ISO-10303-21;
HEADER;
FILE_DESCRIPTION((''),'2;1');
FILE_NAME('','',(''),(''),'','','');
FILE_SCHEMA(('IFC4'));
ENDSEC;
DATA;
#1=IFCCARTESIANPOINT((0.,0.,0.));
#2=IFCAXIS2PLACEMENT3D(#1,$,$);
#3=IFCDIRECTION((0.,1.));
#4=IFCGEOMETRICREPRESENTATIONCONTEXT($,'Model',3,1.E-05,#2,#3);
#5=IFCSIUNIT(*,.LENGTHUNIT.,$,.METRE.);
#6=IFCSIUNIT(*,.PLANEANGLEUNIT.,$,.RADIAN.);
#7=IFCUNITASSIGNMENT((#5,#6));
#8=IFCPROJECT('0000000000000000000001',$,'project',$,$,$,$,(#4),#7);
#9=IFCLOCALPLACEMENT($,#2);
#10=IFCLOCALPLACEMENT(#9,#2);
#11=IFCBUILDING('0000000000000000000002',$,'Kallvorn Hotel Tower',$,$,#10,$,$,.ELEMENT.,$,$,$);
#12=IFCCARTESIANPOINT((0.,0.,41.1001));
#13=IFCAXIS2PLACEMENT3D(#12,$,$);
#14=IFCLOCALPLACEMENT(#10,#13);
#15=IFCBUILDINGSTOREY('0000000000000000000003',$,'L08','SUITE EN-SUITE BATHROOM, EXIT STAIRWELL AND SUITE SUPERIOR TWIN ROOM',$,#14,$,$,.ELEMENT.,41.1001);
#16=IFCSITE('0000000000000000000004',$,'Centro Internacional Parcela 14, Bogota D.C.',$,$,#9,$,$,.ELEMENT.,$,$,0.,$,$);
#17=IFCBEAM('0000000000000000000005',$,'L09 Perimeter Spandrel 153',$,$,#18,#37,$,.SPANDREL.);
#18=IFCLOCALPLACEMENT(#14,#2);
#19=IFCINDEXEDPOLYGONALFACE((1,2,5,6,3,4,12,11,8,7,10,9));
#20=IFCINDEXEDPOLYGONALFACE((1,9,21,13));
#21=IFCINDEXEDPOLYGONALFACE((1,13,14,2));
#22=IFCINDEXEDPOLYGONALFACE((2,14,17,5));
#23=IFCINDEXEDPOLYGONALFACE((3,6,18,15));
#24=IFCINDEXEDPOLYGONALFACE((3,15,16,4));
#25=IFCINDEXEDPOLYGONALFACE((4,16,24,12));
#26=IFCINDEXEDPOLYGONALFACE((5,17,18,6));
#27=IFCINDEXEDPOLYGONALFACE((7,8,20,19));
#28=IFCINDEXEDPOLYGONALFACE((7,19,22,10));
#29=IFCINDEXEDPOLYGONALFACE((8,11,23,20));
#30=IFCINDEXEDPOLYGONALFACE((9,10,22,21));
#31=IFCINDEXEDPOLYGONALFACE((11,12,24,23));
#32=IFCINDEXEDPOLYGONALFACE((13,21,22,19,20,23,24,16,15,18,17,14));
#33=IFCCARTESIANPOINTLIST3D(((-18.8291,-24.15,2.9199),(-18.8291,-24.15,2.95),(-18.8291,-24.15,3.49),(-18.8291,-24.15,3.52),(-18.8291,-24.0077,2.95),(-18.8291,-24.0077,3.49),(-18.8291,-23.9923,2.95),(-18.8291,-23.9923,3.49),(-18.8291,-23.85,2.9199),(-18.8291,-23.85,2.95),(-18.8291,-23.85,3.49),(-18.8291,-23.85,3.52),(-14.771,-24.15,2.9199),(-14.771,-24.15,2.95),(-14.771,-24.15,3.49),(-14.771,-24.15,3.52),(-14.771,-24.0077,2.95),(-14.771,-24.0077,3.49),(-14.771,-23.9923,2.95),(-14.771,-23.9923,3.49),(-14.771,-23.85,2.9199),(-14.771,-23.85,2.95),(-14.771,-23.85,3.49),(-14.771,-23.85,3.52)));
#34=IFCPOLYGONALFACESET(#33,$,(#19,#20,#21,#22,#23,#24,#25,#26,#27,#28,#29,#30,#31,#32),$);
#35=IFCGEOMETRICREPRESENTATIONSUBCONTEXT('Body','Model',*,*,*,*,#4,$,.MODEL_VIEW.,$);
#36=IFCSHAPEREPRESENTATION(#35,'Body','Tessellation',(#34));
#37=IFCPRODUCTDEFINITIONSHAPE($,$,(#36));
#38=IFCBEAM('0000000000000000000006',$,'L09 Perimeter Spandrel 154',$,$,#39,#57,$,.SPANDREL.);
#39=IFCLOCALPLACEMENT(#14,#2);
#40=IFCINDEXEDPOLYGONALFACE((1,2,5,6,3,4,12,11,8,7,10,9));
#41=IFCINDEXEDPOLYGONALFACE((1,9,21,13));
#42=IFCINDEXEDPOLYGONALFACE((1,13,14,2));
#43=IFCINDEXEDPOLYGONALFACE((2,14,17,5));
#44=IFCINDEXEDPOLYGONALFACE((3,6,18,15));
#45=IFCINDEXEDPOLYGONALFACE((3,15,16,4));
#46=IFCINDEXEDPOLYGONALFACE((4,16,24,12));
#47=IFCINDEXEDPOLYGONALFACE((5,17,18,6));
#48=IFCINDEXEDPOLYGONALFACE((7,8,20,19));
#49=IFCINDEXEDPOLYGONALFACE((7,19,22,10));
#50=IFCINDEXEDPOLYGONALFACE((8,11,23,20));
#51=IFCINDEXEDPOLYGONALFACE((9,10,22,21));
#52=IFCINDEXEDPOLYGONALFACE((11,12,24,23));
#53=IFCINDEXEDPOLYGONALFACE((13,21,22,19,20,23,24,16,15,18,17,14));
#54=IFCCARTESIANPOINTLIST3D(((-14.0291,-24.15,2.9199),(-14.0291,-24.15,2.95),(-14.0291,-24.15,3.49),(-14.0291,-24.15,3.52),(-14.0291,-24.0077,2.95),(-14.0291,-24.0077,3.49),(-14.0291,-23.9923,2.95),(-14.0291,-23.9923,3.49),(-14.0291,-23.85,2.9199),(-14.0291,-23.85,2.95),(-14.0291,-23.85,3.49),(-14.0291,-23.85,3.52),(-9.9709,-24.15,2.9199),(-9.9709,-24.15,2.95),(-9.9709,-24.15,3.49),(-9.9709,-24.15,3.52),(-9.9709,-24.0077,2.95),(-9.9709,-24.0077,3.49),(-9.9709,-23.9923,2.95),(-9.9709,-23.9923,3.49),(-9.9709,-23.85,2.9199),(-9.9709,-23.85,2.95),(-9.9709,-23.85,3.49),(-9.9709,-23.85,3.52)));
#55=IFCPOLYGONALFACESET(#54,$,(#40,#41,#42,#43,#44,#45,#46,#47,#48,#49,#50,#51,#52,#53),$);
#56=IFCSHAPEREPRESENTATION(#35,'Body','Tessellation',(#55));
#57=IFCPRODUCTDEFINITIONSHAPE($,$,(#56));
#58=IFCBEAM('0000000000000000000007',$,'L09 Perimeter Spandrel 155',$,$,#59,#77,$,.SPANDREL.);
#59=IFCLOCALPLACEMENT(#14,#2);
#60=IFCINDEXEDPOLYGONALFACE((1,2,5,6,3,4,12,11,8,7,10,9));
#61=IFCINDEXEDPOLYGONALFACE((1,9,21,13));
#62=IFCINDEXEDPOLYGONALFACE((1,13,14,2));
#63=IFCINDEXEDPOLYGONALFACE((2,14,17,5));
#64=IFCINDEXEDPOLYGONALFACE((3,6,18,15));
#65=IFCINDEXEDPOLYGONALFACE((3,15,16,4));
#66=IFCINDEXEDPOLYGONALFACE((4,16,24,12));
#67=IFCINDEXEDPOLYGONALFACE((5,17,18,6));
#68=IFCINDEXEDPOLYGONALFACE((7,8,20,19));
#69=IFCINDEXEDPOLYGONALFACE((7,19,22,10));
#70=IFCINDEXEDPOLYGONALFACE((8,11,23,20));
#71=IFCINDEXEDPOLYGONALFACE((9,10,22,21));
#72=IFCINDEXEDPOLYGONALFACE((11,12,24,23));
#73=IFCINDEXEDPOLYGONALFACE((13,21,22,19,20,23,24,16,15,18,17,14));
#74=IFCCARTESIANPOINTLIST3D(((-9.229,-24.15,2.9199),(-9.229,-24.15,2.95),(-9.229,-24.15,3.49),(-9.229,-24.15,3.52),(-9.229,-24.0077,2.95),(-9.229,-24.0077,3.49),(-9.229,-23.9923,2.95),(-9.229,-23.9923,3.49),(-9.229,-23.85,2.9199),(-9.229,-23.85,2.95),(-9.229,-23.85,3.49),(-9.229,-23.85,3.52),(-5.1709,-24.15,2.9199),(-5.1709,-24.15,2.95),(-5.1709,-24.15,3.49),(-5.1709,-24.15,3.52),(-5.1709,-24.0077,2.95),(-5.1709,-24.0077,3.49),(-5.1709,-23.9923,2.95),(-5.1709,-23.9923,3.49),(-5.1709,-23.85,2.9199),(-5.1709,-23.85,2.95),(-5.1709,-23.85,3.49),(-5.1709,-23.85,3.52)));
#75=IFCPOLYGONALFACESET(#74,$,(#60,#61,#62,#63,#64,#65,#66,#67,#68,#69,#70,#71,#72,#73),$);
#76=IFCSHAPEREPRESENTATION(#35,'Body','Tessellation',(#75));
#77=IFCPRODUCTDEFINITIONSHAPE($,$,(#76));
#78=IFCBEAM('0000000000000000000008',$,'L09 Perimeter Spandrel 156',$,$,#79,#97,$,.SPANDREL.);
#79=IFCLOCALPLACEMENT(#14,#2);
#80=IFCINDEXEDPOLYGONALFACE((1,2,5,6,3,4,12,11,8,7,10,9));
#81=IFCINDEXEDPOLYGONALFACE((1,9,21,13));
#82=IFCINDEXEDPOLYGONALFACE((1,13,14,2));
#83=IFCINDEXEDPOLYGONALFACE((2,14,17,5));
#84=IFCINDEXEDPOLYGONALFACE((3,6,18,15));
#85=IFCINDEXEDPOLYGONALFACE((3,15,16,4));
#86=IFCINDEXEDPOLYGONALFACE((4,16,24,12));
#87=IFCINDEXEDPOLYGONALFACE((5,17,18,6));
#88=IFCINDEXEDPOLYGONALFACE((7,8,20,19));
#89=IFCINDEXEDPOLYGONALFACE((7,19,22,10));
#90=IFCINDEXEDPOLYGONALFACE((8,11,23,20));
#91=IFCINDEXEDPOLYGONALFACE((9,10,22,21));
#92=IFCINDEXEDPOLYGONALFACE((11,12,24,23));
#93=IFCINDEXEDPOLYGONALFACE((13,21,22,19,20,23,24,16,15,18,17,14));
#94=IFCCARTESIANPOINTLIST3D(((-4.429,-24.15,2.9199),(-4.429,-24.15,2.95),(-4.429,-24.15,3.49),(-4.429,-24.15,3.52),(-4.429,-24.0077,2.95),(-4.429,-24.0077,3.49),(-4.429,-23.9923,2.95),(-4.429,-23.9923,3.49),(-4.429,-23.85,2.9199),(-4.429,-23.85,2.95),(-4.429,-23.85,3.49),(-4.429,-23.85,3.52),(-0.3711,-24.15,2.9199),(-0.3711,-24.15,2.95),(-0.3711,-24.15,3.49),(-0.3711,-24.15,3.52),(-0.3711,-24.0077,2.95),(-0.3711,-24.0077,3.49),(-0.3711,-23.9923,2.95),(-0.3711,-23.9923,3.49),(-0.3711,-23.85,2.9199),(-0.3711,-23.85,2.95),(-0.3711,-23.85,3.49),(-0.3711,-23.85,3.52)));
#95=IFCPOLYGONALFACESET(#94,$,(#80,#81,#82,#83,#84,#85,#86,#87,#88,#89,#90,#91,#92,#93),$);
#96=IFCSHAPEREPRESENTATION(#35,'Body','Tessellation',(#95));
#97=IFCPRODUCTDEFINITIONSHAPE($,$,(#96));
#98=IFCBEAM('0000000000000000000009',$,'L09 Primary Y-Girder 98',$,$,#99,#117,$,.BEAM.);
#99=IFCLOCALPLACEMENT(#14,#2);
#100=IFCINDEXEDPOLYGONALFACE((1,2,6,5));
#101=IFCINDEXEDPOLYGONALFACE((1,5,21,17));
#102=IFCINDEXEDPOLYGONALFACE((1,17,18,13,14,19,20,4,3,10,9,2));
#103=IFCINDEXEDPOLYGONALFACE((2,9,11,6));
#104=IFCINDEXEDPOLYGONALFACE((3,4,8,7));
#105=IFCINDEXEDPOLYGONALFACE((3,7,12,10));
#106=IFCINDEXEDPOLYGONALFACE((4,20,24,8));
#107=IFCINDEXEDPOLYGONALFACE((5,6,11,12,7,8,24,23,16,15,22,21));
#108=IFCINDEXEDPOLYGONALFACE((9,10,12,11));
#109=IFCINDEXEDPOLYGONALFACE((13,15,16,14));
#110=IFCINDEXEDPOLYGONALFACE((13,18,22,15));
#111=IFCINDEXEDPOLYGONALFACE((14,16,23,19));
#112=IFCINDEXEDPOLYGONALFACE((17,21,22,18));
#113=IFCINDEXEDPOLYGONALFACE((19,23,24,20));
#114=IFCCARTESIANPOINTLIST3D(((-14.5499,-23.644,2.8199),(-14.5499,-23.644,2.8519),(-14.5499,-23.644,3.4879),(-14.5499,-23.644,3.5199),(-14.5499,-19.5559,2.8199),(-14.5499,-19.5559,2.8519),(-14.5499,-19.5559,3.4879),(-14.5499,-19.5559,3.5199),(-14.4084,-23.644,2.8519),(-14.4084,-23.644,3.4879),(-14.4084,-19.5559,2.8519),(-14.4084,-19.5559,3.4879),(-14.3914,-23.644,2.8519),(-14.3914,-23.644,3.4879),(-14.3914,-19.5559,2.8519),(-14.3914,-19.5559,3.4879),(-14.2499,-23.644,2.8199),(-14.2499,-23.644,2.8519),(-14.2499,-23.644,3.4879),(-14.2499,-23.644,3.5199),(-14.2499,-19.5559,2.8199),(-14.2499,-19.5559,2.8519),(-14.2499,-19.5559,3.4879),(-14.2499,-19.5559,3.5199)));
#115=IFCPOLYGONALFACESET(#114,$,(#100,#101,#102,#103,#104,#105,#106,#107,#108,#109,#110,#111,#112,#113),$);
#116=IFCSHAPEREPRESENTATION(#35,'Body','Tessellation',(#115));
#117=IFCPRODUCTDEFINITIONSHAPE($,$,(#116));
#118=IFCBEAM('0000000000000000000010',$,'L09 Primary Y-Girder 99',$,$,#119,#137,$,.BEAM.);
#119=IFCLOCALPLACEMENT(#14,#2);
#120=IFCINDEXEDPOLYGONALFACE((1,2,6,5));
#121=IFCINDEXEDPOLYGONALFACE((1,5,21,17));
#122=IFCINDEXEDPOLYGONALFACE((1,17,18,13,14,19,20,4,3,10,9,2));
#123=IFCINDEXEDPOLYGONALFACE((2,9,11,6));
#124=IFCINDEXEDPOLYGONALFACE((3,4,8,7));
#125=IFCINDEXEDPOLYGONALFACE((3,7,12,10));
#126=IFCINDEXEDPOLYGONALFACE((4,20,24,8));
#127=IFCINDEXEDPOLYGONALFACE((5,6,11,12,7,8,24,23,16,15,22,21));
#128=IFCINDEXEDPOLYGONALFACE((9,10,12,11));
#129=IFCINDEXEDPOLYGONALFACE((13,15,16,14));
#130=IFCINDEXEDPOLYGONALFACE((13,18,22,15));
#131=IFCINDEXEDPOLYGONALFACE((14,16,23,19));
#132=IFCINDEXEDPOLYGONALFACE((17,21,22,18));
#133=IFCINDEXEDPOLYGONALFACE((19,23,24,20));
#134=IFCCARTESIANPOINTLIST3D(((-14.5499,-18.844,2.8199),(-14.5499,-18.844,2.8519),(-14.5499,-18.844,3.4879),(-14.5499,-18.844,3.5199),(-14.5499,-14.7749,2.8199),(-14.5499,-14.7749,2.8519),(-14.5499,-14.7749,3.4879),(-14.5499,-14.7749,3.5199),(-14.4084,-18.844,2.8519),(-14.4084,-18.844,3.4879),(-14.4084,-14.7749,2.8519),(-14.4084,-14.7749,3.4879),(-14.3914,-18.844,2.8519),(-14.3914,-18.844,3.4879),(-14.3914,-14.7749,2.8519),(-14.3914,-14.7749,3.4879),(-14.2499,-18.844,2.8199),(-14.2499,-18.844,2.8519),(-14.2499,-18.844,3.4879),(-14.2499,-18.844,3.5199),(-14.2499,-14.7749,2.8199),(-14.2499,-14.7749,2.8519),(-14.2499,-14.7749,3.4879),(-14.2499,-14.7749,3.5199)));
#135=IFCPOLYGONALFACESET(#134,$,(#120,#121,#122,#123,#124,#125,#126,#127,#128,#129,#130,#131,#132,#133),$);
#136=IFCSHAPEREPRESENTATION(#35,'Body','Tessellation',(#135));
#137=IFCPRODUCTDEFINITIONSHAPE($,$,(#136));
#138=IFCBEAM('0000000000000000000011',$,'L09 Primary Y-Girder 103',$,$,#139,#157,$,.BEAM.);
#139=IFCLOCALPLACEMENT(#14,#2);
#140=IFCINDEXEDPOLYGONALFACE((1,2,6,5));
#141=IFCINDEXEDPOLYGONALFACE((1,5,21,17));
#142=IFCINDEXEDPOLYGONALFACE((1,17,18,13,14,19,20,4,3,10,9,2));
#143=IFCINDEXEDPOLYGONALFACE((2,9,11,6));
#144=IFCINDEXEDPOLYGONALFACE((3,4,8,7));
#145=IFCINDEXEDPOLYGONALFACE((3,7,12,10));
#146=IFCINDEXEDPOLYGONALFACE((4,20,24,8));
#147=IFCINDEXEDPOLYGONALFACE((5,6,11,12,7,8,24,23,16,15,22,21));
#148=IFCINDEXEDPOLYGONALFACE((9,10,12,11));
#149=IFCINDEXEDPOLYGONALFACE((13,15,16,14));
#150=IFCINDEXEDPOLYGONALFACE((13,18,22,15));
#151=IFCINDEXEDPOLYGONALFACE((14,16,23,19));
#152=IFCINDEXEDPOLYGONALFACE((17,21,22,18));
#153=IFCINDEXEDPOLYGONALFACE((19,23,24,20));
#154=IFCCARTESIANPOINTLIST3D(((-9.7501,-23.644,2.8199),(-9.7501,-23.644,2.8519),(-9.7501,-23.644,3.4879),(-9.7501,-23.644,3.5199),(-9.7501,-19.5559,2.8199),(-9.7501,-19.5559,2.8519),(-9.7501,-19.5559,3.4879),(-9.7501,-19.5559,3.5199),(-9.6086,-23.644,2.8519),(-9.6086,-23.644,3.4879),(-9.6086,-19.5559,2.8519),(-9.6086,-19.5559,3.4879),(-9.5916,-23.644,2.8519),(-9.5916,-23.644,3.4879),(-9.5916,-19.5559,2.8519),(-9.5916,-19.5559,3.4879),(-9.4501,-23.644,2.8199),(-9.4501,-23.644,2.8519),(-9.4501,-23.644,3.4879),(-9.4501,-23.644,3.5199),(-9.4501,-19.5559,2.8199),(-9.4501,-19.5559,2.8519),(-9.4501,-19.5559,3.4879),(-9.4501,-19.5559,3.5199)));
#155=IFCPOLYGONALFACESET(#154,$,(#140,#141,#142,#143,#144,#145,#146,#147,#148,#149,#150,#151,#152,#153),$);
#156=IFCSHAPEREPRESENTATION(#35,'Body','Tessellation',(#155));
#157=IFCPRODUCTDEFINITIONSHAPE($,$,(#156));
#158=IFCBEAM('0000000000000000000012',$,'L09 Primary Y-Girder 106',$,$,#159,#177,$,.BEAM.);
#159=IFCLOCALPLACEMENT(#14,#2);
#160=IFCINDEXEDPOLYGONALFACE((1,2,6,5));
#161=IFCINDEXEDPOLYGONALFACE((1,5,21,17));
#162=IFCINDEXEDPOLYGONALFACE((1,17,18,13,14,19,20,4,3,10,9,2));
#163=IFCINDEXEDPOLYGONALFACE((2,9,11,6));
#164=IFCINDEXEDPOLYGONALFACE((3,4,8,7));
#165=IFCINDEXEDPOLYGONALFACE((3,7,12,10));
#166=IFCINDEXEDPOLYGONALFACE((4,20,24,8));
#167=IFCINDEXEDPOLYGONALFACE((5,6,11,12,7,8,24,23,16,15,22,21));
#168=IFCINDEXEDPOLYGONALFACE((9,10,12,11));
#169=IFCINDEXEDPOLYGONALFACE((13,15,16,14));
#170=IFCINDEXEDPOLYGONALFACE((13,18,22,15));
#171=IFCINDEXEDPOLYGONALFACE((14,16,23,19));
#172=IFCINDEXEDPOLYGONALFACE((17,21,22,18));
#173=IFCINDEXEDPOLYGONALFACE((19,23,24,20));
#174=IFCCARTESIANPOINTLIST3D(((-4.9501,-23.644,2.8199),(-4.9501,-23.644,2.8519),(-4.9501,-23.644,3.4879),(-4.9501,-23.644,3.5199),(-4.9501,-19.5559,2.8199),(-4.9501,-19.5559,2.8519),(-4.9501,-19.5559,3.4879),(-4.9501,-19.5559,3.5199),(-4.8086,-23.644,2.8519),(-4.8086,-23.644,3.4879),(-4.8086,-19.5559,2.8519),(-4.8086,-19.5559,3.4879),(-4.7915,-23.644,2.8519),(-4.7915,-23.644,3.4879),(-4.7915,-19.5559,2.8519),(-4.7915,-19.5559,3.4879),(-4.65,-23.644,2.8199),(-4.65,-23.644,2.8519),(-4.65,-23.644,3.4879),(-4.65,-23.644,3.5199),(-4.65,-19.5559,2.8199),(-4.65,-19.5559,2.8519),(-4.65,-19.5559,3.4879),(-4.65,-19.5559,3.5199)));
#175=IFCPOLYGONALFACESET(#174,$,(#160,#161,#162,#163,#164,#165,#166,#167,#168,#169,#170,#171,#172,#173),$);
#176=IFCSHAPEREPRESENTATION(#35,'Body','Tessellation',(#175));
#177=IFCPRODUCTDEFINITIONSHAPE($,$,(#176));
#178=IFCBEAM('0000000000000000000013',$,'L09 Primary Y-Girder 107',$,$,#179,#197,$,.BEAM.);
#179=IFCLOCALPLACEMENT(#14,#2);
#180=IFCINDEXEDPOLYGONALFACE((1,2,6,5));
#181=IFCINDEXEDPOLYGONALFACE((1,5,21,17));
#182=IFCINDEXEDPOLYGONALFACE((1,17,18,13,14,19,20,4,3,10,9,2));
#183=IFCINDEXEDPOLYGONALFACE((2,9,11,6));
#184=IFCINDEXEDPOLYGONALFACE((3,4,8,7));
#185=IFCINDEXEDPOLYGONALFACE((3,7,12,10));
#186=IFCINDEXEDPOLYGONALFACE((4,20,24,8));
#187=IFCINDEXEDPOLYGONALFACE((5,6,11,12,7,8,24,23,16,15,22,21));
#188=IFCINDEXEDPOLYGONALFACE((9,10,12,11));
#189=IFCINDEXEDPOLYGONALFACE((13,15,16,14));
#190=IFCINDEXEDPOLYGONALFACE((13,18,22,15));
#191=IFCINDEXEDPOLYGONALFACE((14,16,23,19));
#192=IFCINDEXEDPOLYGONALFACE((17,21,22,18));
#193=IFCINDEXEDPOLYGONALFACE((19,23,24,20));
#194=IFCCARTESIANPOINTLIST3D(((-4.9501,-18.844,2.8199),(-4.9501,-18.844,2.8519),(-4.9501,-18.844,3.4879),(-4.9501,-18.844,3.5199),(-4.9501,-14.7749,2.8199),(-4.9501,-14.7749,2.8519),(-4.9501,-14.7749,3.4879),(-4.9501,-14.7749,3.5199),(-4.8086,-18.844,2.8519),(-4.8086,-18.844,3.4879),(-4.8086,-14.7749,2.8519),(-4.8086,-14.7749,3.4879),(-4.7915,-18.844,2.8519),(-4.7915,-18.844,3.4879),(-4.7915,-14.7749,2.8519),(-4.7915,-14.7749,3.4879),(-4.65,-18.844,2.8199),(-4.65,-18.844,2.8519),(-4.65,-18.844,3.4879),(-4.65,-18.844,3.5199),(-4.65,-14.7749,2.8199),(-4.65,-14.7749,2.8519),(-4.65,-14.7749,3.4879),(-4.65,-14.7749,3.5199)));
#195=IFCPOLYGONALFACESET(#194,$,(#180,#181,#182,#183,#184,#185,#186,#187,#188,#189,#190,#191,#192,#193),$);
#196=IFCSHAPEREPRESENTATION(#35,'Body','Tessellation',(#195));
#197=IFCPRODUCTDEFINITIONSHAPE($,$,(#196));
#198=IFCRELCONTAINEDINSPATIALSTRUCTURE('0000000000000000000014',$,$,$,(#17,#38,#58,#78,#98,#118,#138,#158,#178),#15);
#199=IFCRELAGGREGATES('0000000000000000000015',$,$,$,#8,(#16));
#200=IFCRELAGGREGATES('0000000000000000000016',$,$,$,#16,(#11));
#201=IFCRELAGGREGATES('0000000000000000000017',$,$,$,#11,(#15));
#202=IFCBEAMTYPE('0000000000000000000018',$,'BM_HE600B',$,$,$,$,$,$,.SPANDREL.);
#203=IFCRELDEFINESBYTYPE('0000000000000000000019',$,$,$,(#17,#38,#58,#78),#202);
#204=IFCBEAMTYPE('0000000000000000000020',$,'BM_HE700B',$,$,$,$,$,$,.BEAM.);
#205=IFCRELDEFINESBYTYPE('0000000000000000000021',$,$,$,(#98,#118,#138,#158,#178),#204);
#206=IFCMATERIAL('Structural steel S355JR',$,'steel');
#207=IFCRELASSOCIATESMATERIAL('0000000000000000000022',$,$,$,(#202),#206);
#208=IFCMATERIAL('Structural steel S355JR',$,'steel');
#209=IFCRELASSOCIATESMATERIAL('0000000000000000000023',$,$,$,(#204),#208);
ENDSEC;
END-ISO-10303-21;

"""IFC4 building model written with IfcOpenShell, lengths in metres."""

from ifc_helpers import new_model, si_unit, direction, frame, origin, origin_2d, place, context, subcontext, project, spatial, i_section, extrude, material, material_profile, profile_set, type_object, element, save


model = new_model("IFC4")

# Units and contexts
model_context = context("Model", 3, precision=1e-05, world=origin(), true_north=direction((0.0, 1.0)))
body_context = subcontext(model_context, "Body", "Model", "MODEL_VIEW")
ifc_project = project(units=[si_unit("LENGTHUNIT", "METRE"), si_unit("PLANEANGLEUNIT", "RADIAN")], contexts=[model_context])

# Site, building, storey
site_placement = place(None, origin())
site = spatial("IfcSite", under=ifc_project, at=site_placement, Name="Centro Internacional Parcela 14, Bogota D.C.", CompositionType="ELEMENT", RefElevation=0.0)
building_placement = place(site_placement, origin())
building = spatial("IfcBuilding", under=site, at=building_placement, Name="Kallvorn Hotel Tower", CompositionType="ELEMENT")
storey_placement = place(building_placement, frame((0.0, 0.0, 41.1001)))
storey = spatial("IfcBuildingStorey", under=building, at=storey_placement, Name="L08", Description="SUITE EN-SUITE BATHROOM, EXIT STAIRWELL AND SUITE SUPERIOR TWIN ROOM", CompositionType="ELEMENT", Elevation=41.1001)

# Beams
ifc_material_1 = material(Name="Structural steel S355JR", Category="steel")
ifc_material_profile_1 = material_profile(ifc_material_1, i_section(OverallWidth=0.3, OverallDepth=0.6001, WebThickness=0.0154, FlangeThickness=0.03, at=origin_2d()), Name="HE 600 B")
ifc_profile_set_1 = profile_set([ifc_material_profile_1], Name="Structural steel S355JR")
beam_type_1 = type_object("IfcBeamType", Name="BM_HE600B", PredefinedType="SPANDREL", material=ifc_profile_set_1)
for number, where, z_axis, x_axis, name in (
    (1, (-18.8291, -24.0, 3.22), (1.0, 0.0, 0.0), (0.0, 1.0, 0.0), "L09 Perimeter Spandrel 153"),
    (2, (-14.0291, -24.0, 3.22), (1.0, 0.0, 0.0), (0.0, 1.0, 0.0), "L09 Perimeter Spandrel 154"),
    (3, (-9.229, -24.0, 3.22), (1.0, 0.0, 0.0), (0.0, 1.0, 0.0), "L09 Perimeter Spandrel 155"),
):
    element("IfcBeam", number, at=place(storey_placement, frame(where, z_axis=z_axis, x_axis=x_axis)), inside=storey, type_object=beam_type_1, Name=name, PredefinedType="SPANDREL", context=body_context, shape_type="SweptSolid", body=[
        extrude(i_section(OverallWidth=0.3, OverallDepth=0.6001, WebThickness=0.0154, FlangeThickness=0.03, at=origin_2d()), origin(), (0.0, 0.0, 1.0), 4.0581),
    ])
beam_1_placement = place(storey_placement, frame((-4.429, -24.0, 3.22), z_axis=(1.0, 0.0, 0.0), x_axis=(0.0, 1.0, 0.0)))
element("IfcBeam", 4, at=beam_1_placement, inside=storey, type_object=beam_type_1, Name="L09 Perimeter Spandrel 156", PredefinedType="SPANDREL", context=body_context, shape_type="SweptSolid", body=[
    extrude(i_section(OverallWidth=0.3, OverallDepth=0.6001, WebThickness=0.0154, FlangeThickness=0.03, at=origin_2d()), origin(), (0.0, 0.0, 1.0), 4.0579),
])
ifc_material_2 = material(Name="Structural steel S355JR", Category="steel")
ifc_material_profile_2 = material_profile(ifc_material_2, i_section(OverallWidth=0.3, OverallDepth=0.7, WebThickness=0.0171, FlangeThickness=0.032, at=origin_2d()), Name="HE 700 B")
ifc_profile_set_2 = profile_set([ifc_material_profile_2], Name="Structural steel S355JR")
beam_type_2 = type_object("IfcBeamType", Name="BM_HE700B", PredefinedType="BEAM", material=ifc_profile_set_2)
beam_2_placement = place(storey_placement, frame((-14.3999, -23.644, 3.1699), z_axis=(0.0, 1.0, 0.0), x_axis=(-1.0, 0.0, 0.0)))
element("IfcBeam", 5, at=beam_2_placement, inside=storey, type_object=beam_type_2, Name="L09 Primary Y-Girder 98", PredefinedType="BEAM", context=body_context, shape_type="SweptSolid", body=[
    extrude(i_section(OverallWidth=0.3, OverallDepth=0.7, WebThickness=0.0171, FlangeThickness=0.032, at=origin_2d()), origin(), (0.0, 0.0, 1.0), 4.0881),
])
beam_3_placement = place(storey_placement, frame((-14.3999, -18.844, 3.1699), z_axis=(0.0, 1.0, 0.0), x_axis=(-1.0, 0.0, 0.0)))
element("IfcBeam", 6, at=beam_3_placement, inside=storey, type_object=beam_type_2, Name="L09 Primary Y-Girder 99", PredefinedType="BEAM", context=body_context, shape_type="SweptSolid", body=[
    extrude(i_section(OverallWidth=0.3, OverallDepth=0.7, WebThickness=0.0171, FlangeThickness=0.032, at=origin_2d()), origin(), (0.0, 0.0, 1.0), 4.0691),
])
for number, where, z_axis, x_axis, name in (
    (7, (-9.6001, -23.644, 3.1699), (0.0, 1.0, 0.0), (-1.0, 0.0, 0.0), "L09 Primary Y-Girder 103"),
    (8, (-4.8, -23.644, 3.1699), (0.0, 1.0, 0.0), (-1.0, 0.0, 0.0), "L09 Primary Y-Girder 106"),
):
    element("IfcBeam", number, at=place(storey_placement, frame(where, z_axis=z_axis, x_axis=x_axis)), inside=storey, type_object=beam_type_2, Name=name, PredefinedType="BEAM", context=body_context, shape_type="SweptSolid", body=[
        extrude(i_section(OverallWidth=0.3, OverallDepth=0.7, WebThickness=0.0171, FlangeThickness=0.032, at=origin_2d()), origin(), (0.0, 0.0, 1.0), 4.0881),
    ])
beam_4_placement = place(storey_placement, frame((-4.8, -18.844, 3.1699), z_axis=(0.0, 1.0, 0.0), x_axis=(-1.0, 0.0, 0.0)))
element("IfcBeam", 9, at=beam_4_placement, inside=storey, type_object=beam_type_2, Name="L09 Primary Y-Girder 107", PredefinedType="BEAM", context=body_context, shape_type="SweptSolid", body=[
    extrude(i_section(OverallWidth=0.3, OverallDepth=0.7, WebThickness=0.0171, FlangeThickness=0.032, at=origin_2d()), origin(), (0.0, 0.0, 1.0), 4.0691),
])

save(model, "model.ifc")
